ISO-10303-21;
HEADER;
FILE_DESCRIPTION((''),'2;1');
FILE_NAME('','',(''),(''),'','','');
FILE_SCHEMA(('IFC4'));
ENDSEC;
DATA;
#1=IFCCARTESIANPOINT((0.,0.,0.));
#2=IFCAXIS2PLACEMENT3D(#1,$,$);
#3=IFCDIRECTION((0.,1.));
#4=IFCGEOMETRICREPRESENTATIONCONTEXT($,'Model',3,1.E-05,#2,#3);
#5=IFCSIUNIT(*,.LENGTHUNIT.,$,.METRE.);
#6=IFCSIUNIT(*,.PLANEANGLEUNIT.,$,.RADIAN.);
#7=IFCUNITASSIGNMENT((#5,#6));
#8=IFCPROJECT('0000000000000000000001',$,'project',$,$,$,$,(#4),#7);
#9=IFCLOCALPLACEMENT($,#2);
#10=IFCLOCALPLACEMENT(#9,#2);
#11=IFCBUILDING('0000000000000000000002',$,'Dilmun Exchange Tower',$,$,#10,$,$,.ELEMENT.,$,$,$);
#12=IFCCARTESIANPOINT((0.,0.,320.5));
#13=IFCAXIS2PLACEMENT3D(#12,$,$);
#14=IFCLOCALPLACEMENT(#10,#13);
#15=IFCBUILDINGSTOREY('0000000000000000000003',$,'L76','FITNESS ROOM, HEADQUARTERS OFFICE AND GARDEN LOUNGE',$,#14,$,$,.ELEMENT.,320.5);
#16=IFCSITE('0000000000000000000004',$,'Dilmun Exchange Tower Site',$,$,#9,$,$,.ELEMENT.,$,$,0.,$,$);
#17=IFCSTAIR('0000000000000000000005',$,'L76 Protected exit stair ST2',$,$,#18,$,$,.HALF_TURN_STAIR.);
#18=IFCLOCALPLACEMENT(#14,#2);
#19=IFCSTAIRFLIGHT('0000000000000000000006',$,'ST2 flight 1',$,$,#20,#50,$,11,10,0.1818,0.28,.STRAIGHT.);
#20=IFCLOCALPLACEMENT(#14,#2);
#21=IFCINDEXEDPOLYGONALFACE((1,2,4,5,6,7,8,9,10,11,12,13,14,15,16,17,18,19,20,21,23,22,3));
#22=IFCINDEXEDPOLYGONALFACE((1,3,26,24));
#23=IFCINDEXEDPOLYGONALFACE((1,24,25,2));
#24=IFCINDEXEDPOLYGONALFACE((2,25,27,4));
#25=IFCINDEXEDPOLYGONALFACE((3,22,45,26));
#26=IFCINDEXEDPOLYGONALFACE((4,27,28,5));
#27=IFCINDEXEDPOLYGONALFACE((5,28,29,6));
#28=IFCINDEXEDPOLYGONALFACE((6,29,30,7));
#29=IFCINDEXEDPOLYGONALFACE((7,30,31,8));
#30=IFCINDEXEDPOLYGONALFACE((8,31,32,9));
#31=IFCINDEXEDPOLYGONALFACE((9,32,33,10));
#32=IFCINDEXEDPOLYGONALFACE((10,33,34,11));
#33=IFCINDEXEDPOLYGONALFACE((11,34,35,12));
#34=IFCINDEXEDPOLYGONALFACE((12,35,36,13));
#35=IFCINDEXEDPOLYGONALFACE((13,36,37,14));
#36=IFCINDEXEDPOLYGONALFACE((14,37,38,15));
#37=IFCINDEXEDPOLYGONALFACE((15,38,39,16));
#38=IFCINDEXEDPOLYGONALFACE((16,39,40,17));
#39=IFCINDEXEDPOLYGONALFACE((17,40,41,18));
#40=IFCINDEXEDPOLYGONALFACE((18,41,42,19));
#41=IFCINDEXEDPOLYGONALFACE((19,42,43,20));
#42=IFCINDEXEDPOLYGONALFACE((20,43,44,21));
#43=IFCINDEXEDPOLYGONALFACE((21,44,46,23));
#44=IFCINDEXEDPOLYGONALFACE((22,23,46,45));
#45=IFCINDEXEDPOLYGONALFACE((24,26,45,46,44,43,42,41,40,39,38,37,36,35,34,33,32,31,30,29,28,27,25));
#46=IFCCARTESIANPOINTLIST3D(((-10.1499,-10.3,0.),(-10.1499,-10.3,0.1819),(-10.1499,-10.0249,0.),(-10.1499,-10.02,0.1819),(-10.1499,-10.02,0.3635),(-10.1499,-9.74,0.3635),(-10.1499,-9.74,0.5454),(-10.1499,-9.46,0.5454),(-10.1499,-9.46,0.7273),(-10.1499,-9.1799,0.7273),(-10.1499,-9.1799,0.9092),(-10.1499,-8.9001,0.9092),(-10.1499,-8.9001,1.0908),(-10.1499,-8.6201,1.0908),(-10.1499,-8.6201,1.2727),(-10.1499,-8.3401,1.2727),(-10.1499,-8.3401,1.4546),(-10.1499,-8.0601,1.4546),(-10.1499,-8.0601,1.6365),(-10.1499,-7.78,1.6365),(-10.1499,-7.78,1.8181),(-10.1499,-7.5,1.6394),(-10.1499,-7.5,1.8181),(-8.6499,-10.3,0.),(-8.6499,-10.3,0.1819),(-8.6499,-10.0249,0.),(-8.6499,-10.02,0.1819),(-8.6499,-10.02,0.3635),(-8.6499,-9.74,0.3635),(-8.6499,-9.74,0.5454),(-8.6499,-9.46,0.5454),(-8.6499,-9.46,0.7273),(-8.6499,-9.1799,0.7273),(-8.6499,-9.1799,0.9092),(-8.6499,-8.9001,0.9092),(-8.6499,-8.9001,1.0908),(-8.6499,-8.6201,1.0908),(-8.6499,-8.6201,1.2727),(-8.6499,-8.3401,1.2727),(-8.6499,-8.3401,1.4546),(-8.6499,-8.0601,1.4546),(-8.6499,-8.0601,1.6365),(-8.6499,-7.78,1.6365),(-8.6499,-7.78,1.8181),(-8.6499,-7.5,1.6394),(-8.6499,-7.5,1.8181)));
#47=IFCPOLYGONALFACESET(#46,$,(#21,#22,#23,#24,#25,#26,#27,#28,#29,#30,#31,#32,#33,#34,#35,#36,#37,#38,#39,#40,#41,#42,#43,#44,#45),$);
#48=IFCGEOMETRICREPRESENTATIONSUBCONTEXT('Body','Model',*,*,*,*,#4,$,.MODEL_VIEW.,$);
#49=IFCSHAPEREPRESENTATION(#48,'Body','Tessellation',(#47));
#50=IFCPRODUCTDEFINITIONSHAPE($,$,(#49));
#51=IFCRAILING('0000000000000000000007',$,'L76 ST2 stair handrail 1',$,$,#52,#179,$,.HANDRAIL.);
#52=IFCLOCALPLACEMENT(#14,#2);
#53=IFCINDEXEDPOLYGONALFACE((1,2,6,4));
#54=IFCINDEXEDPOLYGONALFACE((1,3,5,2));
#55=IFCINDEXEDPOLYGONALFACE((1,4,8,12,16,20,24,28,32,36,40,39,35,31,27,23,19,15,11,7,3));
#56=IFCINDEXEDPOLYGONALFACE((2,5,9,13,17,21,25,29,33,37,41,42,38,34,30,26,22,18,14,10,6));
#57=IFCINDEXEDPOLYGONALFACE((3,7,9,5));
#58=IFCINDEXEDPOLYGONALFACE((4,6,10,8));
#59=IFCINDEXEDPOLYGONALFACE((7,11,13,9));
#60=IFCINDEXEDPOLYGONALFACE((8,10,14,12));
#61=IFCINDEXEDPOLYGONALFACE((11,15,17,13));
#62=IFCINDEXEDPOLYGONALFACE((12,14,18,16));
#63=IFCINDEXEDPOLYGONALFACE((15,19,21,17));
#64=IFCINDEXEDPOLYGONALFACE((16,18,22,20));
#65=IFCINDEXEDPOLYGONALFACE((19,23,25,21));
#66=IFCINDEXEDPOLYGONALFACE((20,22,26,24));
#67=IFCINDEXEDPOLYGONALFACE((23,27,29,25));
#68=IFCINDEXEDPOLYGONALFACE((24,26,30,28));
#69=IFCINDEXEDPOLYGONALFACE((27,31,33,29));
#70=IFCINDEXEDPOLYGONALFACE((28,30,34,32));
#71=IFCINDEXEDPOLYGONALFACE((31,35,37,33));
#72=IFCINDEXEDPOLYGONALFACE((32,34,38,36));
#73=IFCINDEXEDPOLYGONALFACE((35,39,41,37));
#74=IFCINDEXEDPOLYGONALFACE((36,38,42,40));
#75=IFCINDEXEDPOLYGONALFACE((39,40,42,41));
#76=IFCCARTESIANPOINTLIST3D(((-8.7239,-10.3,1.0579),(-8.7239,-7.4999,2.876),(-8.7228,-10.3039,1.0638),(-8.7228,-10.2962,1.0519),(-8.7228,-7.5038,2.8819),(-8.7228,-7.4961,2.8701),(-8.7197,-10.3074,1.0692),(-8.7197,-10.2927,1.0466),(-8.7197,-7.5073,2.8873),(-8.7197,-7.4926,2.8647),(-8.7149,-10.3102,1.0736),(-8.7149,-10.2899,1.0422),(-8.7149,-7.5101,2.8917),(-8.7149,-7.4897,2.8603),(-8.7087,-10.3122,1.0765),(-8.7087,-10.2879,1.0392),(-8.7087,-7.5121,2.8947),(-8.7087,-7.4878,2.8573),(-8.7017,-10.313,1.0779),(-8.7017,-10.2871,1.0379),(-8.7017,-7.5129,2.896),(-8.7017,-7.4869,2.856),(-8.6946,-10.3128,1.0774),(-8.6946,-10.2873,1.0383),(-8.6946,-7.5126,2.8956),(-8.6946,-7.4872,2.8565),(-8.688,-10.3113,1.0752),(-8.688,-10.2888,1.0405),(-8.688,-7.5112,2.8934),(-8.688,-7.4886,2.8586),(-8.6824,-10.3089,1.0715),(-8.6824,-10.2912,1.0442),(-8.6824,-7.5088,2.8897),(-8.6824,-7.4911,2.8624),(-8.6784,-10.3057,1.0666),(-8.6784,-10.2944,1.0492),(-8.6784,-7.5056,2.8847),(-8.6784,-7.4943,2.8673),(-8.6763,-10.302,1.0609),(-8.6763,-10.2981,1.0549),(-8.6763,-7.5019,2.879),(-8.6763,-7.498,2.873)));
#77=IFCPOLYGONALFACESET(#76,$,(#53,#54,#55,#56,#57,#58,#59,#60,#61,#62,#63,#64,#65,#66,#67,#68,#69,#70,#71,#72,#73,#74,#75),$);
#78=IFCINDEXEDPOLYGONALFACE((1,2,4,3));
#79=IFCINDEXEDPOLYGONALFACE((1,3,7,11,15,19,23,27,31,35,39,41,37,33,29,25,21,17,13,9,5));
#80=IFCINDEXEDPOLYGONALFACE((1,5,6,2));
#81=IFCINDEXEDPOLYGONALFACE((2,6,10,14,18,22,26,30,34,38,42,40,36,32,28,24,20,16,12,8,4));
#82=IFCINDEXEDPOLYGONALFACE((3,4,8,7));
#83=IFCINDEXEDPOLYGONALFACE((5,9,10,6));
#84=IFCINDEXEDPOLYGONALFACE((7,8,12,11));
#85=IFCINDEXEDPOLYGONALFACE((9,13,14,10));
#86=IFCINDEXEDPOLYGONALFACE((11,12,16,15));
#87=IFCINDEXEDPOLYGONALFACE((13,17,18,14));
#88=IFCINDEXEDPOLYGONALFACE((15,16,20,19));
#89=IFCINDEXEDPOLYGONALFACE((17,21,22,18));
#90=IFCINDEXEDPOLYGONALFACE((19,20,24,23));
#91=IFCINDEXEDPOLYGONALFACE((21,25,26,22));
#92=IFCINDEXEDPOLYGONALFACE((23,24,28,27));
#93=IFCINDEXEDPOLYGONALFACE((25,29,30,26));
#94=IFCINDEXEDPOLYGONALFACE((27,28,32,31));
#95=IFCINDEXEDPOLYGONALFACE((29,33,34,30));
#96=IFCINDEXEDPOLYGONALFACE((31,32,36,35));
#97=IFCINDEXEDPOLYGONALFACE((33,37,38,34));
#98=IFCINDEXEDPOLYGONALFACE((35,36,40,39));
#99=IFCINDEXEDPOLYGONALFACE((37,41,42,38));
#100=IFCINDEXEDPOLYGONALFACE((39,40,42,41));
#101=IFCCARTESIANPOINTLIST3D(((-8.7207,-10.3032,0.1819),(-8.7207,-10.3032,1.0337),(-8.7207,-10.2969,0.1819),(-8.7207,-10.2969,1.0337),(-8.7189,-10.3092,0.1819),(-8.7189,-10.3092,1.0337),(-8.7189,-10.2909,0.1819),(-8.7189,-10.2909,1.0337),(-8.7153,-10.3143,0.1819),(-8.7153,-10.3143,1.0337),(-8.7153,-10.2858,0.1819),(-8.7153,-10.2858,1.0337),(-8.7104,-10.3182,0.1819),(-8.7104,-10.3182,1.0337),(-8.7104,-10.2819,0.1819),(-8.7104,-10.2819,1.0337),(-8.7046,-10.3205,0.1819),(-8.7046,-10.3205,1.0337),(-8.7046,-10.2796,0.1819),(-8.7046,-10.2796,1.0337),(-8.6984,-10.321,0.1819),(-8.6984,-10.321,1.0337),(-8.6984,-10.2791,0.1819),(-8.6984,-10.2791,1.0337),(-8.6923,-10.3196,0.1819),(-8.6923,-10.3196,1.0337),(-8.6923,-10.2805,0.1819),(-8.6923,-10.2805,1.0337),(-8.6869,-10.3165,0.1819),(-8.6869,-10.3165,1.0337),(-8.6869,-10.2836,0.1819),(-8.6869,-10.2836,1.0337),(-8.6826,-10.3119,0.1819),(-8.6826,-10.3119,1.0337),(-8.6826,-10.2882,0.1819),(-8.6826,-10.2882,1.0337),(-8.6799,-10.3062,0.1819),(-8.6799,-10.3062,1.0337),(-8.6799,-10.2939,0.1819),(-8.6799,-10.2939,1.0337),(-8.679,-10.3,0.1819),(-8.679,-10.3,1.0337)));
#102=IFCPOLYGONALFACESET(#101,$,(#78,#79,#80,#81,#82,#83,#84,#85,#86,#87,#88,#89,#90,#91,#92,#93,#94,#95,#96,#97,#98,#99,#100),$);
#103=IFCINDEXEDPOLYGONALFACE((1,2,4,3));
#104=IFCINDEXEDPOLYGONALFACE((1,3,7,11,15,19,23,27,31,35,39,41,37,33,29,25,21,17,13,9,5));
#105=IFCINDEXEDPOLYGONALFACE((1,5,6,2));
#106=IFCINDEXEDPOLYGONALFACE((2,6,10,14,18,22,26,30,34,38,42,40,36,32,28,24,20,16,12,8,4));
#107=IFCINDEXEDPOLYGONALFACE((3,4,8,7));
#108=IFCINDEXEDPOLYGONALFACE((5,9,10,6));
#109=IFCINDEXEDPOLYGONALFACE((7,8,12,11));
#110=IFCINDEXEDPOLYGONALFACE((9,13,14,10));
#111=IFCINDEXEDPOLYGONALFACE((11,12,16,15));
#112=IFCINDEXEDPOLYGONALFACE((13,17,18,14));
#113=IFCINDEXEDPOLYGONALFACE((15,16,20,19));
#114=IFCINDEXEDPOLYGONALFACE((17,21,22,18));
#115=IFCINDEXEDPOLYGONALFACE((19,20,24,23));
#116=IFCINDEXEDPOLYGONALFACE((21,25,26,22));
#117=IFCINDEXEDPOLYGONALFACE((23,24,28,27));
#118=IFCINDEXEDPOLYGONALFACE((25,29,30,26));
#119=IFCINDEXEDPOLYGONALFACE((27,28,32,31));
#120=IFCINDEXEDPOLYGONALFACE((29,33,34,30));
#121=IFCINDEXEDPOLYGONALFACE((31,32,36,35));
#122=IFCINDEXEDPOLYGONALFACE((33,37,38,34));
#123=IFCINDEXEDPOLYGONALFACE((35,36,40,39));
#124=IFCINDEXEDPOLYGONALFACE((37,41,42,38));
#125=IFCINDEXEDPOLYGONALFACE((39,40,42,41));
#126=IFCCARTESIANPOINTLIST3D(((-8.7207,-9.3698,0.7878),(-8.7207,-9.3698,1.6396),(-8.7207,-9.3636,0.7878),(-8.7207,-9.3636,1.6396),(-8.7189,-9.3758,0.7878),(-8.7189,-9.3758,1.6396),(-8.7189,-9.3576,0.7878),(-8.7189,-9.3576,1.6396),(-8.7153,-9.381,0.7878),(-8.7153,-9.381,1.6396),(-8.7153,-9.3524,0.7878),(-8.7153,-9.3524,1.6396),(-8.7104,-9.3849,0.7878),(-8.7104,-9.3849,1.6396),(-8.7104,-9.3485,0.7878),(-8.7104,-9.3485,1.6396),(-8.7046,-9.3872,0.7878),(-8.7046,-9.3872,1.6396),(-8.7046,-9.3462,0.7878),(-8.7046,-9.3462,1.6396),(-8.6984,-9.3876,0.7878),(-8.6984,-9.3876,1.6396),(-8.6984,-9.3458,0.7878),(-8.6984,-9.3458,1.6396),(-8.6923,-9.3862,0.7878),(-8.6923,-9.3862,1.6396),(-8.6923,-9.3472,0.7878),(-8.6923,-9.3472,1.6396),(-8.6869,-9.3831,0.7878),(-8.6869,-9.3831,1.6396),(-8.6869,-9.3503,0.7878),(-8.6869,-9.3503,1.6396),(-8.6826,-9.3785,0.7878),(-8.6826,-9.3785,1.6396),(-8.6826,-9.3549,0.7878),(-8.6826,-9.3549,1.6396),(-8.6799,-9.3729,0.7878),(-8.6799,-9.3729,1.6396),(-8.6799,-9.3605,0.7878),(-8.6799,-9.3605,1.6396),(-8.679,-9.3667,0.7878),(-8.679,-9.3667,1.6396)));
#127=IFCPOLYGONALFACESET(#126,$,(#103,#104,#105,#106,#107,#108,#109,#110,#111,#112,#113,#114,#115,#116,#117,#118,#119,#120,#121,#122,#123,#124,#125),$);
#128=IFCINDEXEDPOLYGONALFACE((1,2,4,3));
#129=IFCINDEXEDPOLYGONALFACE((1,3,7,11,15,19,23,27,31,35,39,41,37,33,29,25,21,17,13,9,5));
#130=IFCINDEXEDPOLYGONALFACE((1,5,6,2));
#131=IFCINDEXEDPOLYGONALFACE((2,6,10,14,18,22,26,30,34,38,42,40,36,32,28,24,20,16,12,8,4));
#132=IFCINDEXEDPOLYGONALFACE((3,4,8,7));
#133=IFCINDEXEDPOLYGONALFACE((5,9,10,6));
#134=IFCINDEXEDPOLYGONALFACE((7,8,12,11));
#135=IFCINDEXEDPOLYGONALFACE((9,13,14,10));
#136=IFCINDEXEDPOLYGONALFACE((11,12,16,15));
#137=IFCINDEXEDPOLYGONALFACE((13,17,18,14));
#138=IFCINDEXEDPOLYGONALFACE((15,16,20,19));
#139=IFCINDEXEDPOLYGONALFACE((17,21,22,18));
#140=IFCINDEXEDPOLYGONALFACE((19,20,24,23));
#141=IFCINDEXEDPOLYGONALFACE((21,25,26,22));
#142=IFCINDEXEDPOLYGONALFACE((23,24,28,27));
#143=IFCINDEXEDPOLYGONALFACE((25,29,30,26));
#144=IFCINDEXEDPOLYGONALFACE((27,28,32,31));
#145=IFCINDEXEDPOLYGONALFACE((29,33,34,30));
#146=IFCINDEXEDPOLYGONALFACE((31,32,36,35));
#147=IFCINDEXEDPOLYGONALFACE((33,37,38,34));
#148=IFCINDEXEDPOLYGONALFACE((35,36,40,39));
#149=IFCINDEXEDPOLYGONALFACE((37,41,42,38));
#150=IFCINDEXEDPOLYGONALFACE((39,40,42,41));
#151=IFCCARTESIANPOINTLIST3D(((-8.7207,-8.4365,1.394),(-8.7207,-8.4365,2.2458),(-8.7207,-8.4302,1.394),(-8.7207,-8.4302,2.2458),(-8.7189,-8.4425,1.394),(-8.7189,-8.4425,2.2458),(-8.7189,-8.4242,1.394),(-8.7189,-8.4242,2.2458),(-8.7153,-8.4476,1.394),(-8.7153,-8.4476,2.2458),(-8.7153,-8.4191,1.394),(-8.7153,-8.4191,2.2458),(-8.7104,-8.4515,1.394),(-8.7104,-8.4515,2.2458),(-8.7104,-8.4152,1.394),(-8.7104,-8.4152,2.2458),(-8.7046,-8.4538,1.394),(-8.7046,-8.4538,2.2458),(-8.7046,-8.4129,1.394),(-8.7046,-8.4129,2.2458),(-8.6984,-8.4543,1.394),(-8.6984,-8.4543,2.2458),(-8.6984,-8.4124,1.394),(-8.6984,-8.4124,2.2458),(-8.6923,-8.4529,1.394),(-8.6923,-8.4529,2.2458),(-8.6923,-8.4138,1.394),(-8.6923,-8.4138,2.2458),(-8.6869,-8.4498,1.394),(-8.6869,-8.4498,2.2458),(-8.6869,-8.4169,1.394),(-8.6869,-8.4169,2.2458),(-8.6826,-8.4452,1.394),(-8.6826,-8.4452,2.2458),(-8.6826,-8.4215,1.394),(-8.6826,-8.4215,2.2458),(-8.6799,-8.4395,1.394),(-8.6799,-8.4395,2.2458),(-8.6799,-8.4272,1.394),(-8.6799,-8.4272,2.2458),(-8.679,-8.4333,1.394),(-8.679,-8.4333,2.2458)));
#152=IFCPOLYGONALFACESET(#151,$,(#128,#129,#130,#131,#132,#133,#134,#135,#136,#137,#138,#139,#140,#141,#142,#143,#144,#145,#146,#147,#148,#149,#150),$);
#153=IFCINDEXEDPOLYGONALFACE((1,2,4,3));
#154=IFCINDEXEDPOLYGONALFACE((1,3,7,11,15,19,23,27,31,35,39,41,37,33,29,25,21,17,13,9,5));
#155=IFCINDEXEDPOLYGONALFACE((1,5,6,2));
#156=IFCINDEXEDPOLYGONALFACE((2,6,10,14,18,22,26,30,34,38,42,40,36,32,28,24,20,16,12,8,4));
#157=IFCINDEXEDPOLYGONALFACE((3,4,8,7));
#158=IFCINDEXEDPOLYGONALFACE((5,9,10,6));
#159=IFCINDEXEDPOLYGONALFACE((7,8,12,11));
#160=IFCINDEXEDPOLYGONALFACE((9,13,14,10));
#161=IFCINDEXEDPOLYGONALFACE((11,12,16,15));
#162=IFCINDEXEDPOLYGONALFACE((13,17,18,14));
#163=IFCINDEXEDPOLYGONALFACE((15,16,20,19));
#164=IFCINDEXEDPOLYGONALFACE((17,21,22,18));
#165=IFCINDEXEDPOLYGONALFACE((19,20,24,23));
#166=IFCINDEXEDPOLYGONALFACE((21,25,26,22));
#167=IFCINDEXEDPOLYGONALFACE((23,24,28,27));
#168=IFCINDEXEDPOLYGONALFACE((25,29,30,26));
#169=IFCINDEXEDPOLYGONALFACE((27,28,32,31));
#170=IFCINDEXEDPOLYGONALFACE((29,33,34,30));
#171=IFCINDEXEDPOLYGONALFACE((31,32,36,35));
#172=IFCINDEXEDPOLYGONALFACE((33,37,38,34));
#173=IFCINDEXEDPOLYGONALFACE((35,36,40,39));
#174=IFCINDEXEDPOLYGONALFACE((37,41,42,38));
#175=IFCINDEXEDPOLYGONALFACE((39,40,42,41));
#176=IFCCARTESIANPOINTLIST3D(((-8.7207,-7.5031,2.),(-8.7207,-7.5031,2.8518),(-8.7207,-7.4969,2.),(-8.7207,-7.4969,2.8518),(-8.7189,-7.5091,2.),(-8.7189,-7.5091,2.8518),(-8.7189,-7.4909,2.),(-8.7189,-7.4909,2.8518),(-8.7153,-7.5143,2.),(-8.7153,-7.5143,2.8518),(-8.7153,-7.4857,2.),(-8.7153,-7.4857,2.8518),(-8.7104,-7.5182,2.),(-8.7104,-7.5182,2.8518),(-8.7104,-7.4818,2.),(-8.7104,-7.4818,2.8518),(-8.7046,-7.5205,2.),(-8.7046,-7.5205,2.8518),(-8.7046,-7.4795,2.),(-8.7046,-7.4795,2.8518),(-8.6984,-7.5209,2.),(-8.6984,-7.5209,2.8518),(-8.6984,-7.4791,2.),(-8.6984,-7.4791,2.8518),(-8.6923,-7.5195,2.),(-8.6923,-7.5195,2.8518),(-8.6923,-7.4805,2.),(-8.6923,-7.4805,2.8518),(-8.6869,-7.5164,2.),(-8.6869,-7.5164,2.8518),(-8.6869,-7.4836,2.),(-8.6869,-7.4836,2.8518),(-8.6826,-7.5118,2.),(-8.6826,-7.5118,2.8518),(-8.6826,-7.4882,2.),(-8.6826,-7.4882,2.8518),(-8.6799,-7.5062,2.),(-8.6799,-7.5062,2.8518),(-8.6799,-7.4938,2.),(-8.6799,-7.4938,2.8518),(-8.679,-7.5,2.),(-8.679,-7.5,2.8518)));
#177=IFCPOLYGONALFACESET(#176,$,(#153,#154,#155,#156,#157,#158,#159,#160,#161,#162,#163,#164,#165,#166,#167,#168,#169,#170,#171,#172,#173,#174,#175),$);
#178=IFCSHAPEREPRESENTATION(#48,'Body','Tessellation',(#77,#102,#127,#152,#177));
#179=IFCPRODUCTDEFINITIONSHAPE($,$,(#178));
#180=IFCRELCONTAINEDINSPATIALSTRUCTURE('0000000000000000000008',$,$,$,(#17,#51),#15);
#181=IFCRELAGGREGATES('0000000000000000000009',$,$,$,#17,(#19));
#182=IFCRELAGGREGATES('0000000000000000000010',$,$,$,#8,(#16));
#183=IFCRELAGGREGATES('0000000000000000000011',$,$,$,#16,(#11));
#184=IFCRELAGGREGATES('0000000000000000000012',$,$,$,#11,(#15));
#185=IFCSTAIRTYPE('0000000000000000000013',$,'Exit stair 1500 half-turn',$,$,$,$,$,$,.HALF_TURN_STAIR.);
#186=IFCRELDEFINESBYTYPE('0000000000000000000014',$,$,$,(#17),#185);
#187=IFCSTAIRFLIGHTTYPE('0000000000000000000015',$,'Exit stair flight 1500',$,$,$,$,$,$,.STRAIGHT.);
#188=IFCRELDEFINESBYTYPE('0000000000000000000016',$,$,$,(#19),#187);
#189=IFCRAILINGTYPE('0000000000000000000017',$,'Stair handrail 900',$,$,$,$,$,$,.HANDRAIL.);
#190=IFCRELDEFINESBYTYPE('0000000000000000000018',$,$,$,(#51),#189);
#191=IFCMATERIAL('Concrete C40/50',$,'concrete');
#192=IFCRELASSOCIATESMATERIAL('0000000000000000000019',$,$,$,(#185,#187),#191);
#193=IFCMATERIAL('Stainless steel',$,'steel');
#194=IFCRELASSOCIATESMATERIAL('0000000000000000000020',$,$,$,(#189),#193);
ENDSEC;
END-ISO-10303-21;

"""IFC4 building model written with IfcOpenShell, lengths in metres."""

from ifc_helpers import new_model, si_unit, direction, frame, origin, origin_2d, place, context, subcontext, project, spatial, polyline, circle, outline, extrude, material, type_object, element, aggregate, save


model = new_model("IFC4")

# Units and contexts
model_context = context("Model", 3, precision=1e-05, world=origin(), true_north=direction((0.0, 1.0)))
body_context = subcontext(model_context, "Body", "Model", "MODEL_VIEW")
ifc_project = project(units=[si_unit("LENGTHUNIT", "METRE"), si_unit("PLANEANGLEUNIT", "RADIAN")], contexts=[model_context])

# Site, building, storey
site_placement = place(None, origin())
site = spatial("IfcSite", under=ifc_project, at=site_placement, Name="Dilmun Exchange Tower Site", CompositionType="ELEMENT", RefElevation=0.0)
building_placement = place(site_placement, origin())
building = spatial("IfcBuilding", under=site, at=building_placement, Name="Dilmun Exchange Tower", CompositionType="ELEMENT")
storey_placement = place(building_placement, frame((0.0, 0.0, 320.5)))
storey = spatial("IfcBuildingStorey", under=building, at=storey_placement, Name="L76", Description="FITNESS ROOM, HEADQUARTERS OFFICE AND GARDEN LOUNGE", CompositionType="ELEMENT", Elevation=320.5)

# Shared definitions
ifc_material_1 = material(Name="Concrete C40/50", Category="concrete")

# Stair, stair flight
stair_type = type_object("IfcStairType", Name="Exit stair 1500 half-turn", PredefinedType="HALF_TURN_STAIR", material=ifc_material_1)
stair_placement = place(storey_placement, origin())
stair = element("IfcStair", 1, at=stair_placement, inside=storey, type_object=stair_type, Name="L76 Protected exit stair ST2", PredefinedType="HALF_TURN_STAIR")
stair_flight_type = type_object("IfcStairFlightType", Name="Exit stair flight 1500", PredefinedType="STRAIGHT", material=ifc_material_1)
stair_flight_placement = place(storey_placement, frame((-9.3999, -10.3, 0.0), z_axis=(0.0, 0.0, 1.0), x_axis=(0.0, 1.0, 0.0)))
stair_flight = element("IfcStairFlight", 2, at=stair_flight_placement, type_object=stair_flight_type, Name="ST2 flight 1", NumberOfRisers=11, NumberOfTreads=10, PredefinedType="STRAIGHT", RiserHeight=0.1818, TreadLength=0.28, context=body_context, shape_type="SweptSolid", body=[
    extrude(outline(polyline([(0.0, 0.0), (0.0, 0.1819), (0.28, 0.1819), (0.28, 0.3635), (0.5601, 0.3635), (0.5601, 0.5454), (0.8401, 0.5454), (0.8401, 0.7273), (1.1201, 0.7273), (1.1201, 0.9092), (1.3999, 0.9092), (1.3999, 1.0908), (1.6799, 1.0908), (1.6799, 1.2727), (1.96, 1.2727), (1.96, 1.4546), (2.24, 1.4546), (2.24, 1.6365), (2.52, 1.6365), (2.52, 1.8181), (2.8, 1.8181), (2.8, 2.0), (2.8, 1.6394), (0.2751, 0.0), (0.0, 0.0)])), frame((0.0, 0.75, 0.0), z_axis=(0.0, -1.0, 0.0), x_axis=(1.0, 0.0, 0.0)), (0.0, 0.0, 1.0), 1.5),
])
aggregate(stair, [stair_flight])

# Railing
ifc_material_2 = material(Name="Stainless steel", Category="steel")
railing_type = type_object("IfcRailingType", Name="Stair handrail 900", PredefinedType="HANDRAIL", material=ifc_material_2)
railing_placement = place(storey_placement, frame((-8.7, -10.3, 0.1819)))
element("IfcRailing", 3, at=railing_placement, inside=storey, type_object=railing_type, Name="L76 ST2 stair handrail 1", PredefinedType="HANDRAIL", context=body_context, shape_type="SweptSolid", body=[
    extrude(circle(Radius=0.0239, at=origin_2d()), frame((0.0, 0.0, 0.876), z_axis=(0.0, 0.838706, 0.544585), x_axis=(-1.0, 0.0, 0.0)), (0.0, 0.0, 1.0), 3.3386),
    extrude(circle(Radius=0.021, at=origin_2d()), origin(), (0.0, 0.0, 1.0), 0.8518),
    extrude(circle(Radius=0.021, at=origin_2d()), frame((0.0, 0.9333, 0.606)), (0.0, 0.0, 1.0), 0.8518),
    extrude(circle(Radius=0.021, at=origin_2d()), frame((0.0, 1.8667, 1.2122)), (0.0, 0.0, 1.0), 0.8518),
    extrude(circle(Radius=0.021, at=origin_2d()), frame((0.0, 2.8, 1.8181)), (0.0, 0.0, 1.0), 0.8518),
])

save(model, "model.ifc")
